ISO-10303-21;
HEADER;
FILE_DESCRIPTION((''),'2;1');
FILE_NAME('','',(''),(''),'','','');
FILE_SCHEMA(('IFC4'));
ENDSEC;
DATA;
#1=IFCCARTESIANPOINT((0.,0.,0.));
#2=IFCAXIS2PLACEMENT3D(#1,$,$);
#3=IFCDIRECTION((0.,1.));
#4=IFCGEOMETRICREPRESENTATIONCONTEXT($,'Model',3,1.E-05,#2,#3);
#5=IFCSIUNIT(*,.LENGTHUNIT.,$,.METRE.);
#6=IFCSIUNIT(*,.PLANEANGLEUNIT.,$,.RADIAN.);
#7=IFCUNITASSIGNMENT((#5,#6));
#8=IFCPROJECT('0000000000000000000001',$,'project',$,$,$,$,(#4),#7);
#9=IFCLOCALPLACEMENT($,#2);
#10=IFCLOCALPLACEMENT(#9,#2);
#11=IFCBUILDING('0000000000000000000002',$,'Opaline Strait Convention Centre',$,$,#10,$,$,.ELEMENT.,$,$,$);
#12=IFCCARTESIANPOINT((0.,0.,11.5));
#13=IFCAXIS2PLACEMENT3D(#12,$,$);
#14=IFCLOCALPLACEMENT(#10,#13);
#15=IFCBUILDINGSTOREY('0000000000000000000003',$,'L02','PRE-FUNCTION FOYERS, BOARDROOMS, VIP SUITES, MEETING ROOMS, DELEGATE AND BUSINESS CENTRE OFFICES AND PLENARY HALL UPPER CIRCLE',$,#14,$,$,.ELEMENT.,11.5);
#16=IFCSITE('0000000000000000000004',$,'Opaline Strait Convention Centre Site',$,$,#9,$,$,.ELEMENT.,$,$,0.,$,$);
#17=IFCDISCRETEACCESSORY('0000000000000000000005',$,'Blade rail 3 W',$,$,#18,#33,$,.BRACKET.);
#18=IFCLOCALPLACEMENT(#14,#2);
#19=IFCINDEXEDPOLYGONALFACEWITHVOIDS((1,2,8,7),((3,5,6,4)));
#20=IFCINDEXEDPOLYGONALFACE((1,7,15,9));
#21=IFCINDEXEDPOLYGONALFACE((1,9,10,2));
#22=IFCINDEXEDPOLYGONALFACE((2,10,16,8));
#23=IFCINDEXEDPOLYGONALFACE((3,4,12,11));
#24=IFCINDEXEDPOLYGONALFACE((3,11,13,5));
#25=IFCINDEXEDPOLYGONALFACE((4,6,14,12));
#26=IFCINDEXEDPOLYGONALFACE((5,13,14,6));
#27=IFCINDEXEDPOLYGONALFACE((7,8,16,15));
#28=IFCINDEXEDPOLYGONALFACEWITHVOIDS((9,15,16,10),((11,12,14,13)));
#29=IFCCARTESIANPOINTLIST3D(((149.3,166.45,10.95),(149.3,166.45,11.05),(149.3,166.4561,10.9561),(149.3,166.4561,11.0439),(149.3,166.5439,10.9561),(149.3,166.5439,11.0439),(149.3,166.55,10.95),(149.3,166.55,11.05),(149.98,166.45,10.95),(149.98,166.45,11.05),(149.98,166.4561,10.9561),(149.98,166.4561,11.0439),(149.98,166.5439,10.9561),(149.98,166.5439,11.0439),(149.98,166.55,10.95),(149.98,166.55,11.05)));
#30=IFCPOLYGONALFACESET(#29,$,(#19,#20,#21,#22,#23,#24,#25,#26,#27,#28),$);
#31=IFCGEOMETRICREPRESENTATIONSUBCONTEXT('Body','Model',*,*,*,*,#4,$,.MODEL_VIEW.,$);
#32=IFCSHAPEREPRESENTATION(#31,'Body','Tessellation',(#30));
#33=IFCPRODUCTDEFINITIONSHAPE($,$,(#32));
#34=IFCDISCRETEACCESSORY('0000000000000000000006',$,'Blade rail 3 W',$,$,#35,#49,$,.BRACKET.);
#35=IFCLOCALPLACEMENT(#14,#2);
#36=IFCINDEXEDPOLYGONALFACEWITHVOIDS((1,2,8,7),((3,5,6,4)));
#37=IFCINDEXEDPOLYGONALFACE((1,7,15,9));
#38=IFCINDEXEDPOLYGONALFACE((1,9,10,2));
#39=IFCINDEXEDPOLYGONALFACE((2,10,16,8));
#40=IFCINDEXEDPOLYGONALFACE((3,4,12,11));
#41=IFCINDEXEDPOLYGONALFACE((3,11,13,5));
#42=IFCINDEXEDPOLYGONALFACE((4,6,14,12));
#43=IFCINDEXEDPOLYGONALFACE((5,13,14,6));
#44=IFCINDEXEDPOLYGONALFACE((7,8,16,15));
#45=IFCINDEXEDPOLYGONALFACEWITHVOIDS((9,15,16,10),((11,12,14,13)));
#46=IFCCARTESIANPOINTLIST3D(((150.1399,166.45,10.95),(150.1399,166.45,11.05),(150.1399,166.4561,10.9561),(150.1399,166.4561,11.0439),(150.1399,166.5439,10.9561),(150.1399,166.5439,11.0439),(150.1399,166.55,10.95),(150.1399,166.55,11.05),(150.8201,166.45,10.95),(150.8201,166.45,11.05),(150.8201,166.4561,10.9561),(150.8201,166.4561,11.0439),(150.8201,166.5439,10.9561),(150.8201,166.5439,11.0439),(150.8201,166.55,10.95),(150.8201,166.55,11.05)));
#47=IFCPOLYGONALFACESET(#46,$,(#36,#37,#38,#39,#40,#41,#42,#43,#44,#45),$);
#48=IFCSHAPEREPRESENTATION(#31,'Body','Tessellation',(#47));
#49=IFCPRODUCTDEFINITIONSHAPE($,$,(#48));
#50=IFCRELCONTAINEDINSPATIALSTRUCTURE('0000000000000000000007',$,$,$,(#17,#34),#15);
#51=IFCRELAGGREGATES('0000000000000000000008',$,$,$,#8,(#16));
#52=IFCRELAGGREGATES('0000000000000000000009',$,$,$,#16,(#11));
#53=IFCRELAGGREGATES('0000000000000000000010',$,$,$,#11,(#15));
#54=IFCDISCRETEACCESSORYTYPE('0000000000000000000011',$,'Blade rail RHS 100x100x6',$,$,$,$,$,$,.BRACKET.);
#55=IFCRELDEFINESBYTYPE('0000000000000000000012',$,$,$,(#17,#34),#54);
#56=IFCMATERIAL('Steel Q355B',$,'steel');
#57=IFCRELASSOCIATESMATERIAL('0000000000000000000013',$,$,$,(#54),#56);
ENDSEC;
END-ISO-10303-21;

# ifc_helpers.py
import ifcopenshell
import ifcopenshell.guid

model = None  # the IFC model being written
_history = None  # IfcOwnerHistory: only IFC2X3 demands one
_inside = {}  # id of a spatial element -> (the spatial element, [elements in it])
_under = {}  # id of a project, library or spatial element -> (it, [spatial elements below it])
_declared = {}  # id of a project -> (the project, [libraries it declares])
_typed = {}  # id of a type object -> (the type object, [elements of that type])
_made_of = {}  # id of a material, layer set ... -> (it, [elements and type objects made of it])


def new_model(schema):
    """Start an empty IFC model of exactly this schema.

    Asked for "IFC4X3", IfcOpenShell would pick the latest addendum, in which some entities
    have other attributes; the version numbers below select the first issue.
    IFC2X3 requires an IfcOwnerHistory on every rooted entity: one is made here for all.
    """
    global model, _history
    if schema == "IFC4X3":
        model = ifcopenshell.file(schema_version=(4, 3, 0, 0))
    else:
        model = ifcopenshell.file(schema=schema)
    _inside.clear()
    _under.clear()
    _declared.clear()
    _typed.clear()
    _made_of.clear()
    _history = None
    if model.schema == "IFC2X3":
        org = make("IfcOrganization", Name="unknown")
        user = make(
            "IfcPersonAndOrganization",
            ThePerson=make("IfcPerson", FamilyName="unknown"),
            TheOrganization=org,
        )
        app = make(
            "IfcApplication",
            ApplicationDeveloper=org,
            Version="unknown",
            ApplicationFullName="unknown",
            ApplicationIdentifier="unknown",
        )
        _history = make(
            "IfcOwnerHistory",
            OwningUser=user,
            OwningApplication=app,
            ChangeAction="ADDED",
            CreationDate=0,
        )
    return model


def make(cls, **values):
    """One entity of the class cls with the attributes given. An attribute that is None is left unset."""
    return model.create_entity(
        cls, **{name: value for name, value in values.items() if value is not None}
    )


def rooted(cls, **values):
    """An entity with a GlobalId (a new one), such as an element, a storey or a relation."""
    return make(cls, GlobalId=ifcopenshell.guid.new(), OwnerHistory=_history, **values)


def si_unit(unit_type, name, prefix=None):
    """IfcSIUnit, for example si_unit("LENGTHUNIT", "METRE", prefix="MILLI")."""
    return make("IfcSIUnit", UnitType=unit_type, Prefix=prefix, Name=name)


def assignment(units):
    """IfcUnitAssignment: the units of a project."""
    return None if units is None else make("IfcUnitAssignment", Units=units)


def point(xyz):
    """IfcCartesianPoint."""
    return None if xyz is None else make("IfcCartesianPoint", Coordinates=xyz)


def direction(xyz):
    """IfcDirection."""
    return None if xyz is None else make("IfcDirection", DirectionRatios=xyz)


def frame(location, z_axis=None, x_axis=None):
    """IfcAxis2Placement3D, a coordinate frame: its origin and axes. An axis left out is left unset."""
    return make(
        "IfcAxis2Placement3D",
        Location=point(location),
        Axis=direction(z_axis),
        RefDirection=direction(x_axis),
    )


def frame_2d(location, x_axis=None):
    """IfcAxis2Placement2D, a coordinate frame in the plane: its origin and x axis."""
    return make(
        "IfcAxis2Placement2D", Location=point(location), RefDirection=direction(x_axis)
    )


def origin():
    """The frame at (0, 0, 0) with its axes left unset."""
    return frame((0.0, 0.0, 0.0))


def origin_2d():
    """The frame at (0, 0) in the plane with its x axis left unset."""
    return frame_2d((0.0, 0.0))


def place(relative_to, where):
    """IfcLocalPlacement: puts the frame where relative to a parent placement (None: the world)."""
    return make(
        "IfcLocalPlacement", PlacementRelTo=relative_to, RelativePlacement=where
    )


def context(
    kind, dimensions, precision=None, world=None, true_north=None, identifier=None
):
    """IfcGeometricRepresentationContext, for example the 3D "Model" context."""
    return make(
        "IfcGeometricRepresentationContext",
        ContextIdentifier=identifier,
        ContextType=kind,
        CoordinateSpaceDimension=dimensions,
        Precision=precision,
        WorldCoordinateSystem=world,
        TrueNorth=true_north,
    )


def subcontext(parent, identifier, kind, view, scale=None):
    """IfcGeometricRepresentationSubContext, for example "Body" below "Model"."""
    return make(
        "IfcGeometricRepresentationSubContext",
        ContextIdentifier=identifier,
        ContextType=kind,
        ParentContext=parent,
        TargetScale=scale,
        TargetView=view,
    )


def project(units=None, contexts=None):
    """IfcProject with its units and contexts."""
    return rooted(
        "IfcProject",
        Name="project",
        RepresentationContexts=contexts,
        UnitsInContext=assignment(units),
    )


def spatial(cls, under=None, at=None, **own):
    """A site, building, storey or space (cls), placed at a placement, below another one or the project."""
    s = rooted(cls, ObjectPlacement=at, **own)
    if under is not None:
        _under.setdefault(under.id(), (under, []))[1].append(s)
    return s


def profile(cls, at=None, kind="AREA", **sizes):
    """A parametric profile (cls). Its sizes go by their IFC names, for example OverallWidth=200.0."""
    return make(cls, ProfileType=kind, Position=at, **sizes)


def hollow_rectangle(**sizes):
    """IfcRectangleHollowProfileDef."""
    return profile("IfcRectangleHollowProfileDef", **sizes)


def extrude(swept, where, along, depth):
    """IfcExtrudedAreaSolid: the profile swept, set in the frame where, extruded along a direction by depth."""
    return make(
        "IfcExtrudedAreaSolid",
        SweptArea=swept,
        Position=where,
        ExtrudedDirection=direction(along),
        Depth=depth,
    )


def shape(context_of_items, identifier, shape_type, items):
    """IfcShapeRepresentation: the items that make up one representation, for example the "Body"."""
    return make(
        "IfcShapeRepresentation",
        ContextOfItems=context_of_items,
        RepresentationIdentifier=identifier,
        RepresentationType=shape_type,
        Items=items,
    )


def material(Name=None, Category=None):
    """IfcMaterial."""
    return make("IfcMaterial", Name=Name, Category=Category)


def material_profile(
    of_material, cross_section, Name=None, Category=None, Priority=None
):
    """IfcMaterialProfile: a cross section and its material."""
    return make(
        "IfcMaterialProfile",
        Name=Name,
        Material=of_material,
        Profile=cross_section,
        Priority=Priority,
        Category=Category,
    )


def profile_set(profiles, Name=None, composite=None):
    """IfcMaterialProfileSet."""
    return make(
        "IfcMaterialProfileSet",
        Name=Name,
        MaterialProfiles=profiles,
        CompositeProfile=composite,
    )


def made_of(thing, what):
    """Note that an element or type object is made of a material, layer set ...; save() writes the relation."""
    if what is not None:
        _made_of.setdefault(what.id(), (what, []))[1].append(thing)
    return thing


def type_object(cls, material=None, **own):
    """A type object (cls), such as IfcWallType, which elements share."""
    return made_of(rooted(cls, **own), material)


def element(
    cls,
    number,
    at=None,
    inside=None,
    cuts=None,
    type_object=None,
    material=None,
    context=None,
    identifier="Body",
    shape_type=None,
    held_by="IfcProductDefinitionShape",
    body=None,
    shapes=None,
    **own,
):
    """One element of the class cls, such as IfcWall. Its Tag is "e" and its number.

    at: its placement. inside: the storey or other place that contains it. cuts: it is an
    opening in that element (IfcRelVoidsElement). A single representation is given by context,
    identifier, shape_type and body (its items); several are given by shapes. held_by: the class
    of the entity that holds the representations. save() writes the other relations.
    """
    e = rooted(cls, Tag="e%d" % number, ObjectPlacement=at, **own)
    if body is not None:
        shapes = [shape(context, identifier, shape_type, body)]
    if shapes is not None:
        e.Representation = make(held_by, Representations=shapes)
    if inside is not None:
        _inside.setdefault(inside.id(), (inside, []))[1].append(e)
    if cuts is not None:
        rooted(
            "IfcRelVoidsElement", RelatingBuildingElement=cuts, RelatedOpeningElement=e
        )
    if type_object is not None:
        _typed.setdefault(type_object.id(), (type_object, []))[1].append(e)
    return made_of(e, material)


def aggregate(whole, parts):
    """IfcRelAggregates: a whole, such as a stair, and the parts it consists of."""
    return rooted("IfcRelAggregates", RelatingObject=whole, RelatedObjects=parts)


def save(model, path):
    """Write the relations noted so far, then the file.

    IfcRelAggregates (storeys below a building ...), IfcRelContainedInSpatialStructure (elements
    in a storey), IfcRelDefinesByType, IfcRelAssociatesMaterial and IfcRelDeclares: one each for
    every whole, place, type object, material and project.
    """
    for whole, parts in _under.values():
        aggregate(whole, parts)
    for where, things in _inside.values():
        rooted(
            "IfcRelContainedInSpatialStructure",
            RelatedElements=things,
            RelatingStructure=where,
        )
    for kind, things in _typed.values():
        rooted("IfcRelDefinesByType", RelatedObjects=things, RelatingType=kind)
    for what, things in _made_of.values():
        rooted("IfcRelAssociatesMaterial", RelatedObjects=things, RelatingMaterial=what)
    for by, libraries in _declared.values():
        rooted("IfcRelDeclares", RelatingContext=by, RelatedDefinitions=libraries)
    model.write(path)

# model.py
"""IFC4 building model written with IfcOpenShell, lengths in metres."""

from ifc_helpers import new_model, si_unit, direction, frame, origin, origin_2d, place, context, subcontext, project, spatial, hollow_rectangle, extrude, material, material_profile, profile_set, type_object, element, save


model = new_model("IFC4")

# Units and contexts
model_context = context("Model", 3, precision=1e-05, world=origin(), true_north=direction((0.0, 1.0)))
body_context = subcontext(model_context, "Body", "Model", "MODEL_VIEW")
ifc_project = project(units=[si_unit("LENGTHUNIT", "METRE"), si_unit("PLANEANGLEUNIT", "RADIAN")], contexts=[model_context])

# Site, building, storey
site_placement = place(None, origin())
site = spatial("IfcSite", under=ifc_project, at=site_placement, Name="Opaline Strait Convention Centre Site", CompositionType="ELEMENT", RefElevation=0.0)
building_placement = place(site_placement, origin())
building = spatial("IfcBuilding", under=site, at=building_placement, Name="Opaline Strait Convention Centre", CompositionType="ELEMENT")
storey_placement = place(building_placement, frame((0.0, 0.0, 11.5)))
storey = spatial("IfcBuildingStorey", under=building, at=storey_placement, Name="L02", Description="PRE-FUNCTION FOYERS, BOARDROOMS, VIP SUITES, MEETING ROOMS, DELEGATE AND BUSINESS CENTRE OFFICES AND PLENARY HALL UPPER CIRCLE", CompositionType="ELEMENT", Elevation=11.5)

# Shared definitions
ifc_material_1 = material(Name="Steel Q355B", Category="steel")

# Discrete accessories
ifc_material_profile_1 = material_profile(ifc_material_1, hollow_rectangle(XDim=0.1001, YDim=0.1001, WallThickness=0.0061, at=origin_2d()), Name="RHS 100x100x6")
ifc_profile_set_1 = profile_set([ifc_material_profile_1], Name="Steel Q355B")
discrete_accessory_type = type_object("IfcDiscreteAccessoryType", Name="Blade rail RHS 100x100x6", PredefinedType="BRACKET", material=ifc_profile_set_1)
for number, where, z_axis, x_axis, name in (
    (1, (149.3, 166.5, 11.0), (1.0, 0.0, 0.0), (0.0, 1.0, 0.0), "Blade rail 3 W"),
):
    element("IfcDiscreteAccessory", number, at=place(storey_placement, frame(where, z_axis=z_axis, x_axis=x_axis)), inside=storey, type_object=discrete_accessory_type, Name=name, PredefinedType="BRACKET", context=body_context, shape_type="SweptSolid", body=[
        extrude(hollow_rectangle(XDim=0.1001, YDim=0.1001, WallThickness=0.0061, at=origin_2d()), origin(), (0.0, 0.0, 1.0), 0.6799),
    ])
discrete_accessory_1_placement = place(storey_placement, frame((150.1399, 166.5, 11.0), z_axis=(1.0, 0.0, 0.0), x_axis=(0.0, 1.0, 0.0)))
element("IfcDiscreteAccessory", 2, at=discrete_accessory_1_placement, inside=storey, type_object=discrete_accessory_type, Name="Blade rail 3 W", PredefinedType="BRACKET", context=body_context, shape_type="SweptSolid", body=[
    extrude(hollow_rectangle(XDim=0.1001, YDim=0.1001, WallThickness=0.0061, at=origin_2d()), origin(), (0.0, 0.0, 1.0), 0.6802),
])

save(model, "model.ifc")
